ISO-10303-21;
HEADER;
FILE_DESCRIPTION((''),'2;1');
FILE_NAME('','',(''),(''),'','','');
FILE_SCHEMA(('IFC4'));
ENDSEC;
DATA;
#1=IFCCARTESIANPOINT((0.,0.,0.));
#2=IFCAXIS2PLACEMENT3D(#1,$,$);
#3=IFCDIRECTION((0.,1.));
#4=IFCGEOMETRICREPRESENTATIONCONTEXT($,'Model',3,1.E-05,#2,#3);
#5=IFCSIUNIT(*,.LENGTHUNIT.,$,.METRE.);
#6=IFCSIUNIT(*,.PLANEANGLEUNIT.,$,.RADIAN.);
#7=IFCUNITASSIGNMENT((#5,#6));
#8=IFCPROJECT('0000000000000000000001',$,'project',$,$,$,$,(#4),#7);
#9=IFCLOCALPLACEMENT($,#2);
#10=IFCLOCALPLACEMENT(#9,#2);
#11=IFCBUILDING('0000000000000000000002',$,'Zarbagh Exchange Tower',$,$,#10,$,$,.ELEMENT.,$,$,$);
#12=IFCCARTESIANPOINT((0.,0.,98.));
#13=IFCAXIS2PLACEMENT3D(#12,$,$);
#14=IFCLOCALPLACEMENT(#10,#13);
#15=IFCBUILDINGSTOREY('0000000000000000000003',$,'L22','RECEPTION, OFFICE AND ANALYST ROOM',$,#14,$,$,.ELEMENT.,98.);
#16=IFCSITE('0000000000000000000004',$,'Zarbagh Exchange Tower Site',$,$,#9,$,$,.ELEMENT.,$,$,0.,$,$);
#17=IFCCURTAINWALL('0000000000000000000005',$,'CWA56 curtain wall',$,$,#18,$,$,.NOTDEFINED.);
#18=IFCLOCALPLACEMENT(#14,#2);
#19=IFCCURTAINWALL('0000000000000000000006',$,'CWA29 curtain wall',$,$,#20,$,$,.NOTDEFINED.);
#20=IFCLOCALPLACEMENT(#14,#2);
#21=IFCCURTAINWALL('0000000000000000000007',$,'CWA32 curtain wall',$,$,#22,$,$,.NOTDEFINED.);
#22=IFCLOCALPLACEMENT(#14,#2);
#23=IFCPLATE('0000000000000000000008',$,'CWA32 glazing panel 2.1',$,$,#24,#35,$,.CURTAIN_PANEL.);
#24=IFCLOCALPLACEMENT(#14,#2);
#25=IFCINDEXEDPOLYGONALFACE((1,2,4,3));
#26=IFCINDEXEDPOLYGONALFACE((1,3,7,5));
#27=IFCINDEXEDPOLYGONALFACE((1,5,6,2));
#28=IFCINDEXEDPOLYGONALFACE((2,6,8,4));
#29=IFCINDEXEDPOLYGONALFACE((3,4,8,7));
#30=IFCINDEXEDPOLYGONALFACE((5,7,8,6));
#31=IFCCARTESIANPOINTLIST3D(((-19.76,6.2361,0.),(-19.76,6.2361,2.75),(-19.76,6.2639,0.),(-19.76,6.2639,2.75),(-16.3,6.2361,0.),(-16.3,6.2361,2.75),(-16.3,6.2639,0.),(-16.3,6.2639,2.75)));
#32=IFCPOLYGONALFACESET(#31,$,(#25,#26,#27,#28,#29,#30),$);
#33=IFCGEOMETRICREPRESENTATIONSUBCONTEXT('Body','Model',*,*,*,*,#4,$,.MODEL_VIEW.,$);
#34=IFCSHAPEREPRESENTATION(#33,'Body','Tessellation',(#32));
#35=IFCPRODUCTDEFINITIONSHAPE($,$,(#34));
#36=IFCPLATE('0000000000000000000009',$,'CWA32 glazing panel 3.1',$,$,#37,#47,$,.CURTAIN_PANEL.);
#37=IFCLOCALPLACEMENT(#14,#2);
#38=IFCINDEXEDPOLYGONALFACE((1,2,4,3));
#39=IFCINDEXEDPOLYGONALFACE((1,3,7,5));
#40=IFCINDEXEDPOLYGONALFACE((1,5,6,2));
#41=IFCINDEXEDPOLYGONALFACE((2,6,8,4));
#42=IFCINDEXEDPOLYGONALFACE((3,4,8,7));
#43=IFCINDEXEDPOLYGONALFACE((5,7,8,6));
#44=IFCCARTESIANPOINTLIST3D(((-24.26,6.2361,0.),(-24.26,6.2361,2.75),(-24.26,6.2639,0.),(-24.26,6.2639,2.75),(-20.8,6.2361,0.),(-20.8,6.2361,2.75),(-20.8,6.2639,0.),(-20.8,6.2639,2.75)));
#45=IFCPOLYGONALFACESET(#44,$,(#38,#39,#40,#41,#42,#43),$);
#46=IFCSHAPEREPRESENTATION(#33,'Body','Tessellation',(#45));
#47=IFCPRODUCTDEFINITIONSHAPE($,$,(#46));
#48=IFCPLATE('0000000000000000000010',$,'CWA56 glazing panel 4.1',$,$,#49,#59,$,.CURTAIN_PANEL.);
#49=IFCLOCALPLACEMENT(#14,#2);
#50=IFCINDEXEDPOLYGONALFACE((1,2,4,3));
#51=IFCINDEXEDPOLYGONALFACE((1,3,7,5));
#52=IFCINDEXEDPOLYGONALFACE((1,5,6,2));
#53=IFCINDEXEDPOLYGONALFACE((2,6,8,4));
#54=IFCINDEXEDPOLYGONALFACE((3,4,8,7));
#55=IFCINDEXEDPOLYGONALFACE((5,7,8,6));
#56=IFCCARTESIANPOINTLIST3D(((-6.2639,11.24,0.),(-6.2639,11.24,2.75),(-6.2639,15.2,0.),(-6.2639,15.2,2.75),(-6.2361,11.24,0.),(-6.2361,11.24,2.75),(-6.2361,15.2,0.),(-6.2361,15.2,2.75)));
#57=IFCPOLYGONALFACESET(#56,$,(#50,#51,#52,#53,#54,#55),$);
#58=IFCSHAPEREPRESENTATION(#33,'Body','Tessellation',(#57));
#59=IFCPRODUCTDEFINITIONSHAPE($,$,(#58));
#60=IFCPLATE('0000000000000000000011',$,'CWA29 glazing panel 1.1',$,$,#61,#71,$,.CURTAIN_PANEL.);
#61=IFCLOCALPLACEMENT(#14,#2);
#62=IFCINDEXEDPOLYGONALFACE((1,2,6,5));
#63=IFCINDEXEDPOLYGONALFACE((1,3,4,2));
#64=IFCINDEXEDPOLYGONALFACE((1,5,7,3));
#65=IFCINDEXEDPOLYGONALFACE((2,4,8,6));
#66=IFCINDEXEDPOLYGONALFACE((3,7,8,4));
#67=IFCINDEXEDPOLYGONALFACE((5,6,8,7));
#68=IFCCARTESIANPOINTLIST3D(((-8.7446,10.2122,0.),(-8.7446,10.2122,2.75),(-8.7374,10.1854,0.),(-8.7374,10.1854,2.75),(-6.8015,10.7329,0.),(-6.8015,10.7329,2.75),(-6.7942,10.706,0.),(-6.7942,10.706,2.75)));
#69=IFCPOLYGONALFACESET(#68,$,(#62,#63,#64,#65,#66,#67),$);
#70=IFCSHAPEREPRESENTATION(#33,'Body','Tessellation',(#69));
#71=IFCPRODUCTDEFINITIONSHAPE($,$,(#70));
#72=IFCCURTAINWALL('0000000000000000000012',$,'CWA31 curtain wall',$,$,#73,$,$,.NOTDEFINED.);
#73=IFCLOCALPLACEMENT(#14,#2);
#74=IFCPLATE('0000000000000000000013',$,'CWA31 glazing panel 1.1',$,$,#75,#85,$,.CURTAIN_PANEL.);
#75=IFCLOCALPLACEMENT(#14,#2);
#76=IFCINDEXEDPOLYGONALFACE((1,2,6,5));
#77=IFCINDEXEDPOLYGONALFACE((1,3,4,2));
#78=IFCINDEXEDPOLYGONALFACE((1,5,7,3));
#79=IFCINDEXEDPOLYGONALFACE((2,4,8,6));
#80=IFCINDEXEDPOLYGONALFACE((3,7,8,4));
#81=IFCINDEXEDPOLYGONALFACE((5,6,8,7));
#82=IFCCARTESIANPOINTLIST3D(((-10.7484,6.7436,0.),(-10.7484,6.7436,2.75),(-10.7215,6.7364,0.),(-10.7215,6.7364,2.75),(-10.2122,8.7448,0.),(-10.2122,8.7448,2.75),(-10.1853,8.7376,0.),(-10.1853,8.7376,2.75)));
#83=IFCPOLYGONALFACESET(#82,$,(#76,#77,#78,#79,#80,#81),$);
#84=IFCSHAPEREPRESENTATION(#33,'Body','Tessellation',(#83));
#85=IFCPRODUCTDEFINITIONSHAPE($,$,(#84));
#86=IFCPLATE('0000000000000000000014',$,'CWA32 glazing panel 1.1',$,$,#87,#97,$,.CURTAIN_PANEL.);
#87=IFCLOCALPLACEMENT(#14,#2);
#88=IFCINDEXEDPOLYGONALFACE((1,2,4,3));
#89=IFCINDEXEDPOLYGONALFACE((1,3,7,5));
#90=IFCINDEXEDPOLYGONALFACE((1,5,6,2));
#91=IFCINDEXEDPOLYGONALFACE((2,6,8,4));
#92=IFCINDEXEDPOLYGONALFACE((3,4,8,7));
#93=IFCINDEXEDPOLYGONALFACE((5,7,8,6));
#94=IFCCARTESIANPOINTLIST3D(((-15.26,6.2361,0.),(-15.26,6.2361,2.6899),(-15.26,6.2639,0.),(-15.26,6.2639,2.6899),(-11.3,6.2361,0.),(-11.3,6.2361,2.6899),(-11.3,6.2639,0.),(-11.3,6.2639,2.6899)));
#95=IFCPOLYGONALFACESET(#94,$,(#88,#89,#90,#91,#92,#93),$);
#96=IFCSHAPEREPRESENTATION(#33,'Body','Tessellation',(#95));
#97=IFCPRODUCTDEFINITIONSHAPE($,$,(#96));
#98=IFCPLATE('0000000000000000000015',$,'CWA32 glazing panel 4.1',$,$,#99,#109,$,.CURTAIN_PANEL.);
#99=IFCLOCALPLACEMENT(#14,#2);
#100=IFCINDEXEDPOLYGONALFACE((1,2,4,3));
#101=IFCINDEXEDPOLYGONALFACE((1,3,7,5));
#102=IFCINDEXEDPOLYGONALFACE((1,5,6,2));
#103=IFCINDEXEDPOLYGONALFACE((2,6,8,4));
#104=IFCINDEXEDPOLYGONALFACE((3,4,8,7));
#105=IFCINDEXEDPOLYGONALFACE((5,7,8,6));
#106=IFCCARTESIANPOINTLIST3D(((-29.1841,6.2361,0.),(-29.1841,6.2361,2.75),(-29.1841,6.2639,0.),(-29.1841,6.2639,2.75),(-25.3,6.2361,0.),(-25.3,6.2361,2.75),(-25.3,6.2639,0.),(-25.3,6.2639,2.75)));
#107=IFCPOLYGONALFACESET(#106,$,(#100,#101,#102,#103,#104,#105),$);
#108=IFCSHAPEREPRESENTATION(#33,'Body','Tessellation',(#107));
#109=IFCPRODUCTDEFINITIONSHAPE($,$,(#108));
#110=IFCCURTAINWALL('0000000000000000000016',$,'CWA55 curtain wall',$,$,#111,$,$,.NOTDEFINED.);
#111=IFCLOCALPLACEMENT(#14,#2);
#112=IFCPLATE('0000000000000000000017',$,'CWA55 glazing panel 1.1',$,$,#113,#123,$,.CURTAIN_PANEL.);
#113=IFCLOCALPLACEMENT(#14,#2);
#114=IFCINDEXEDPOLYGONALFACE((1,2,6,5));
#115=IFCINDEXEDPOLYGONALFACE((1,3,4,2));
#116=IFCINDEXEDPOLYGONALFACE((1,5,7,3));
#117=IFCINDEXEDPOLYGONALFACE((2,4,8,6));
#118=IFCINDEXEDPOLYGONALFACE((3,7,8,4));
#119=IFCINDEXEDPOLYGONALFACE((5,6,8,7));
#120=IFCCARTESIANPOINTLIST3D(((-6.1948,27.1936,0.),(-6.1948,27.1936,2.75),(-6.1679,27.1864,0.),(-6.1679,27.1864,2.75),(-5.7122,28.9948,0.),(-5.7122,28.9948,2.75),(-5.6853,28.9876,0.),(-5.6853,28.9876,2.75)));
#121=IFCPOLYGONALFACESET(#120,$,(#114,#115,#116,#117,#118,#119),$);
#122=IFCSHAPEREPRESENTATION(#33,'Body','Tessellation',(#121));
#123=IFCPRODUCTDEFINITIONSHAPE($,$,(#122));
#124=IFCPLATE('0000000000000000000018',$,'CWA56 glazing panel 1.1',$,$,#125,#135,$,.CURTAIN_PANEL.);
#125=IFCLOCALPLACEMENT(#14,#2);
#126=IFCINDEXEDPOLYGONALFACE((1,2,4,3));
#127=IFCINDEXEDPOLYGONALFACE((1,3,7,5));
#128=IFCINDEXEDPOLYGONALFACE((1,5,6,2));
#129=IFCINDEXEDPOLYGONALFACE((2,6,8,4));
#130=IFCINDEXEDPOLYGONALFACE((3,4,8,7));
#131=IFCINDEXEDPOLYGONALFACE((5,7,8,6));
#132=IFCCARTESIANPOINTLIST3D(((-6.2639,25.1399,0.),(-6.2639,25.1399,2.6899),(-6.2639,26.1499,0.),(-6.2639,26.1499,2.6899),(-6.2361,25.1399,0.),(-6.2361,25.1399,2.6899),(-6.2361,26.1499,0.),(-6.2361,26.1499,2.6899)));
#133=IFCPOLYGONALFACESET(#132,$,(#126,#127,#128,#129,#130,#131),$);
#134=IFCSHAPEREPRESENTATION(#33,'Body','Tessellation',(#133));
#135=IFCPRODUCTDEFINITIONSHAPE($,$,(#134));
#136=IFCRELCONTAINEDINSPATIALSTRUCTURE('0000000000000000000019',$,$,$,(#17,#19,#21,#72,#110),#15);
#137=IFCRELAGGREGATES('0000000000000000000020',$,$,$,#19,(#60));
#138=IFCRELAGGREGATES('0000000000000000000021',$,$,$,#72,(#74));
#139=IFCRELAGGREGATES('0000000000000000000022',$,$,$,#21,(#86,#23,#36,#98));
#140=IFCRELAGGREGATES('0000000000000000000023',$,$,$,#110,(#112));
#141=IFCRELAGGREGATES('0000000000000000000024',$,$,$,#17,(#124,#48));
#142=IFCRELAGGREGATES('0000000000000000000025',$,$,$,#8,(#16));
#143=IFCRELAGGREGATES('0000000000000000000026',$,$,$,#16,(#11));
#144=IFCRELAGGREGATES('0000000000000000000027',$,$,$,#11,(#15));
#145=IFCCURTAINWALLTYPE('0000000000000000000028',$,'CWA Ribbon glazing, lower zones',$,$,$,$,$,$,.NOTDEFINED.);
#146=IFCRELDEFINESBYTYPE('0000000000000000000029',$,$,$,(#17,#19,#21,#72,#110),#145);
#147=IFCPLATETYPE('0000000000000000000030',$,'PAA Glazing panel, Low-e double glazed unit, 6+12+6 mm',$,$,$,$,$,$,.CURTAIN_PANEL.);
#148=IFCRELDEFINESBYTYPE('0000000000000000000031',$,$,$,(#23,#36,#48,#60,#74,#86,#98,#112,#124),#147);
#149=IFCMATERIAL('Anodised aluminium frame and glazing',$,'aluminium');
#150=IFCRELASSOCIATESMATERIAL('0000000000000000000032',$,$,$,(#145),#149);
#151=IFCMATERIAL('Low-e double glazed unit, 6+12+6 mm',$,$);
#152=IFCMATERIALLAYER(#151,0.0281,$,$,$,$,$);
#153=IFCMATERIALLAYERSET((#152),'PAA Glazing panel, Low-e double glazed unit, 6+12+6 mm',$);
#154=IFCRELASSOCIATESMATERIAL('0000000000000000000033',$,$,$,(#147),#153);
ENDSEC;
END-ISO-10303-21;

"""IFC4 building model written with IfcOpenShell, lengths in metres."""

from ifc_helpers import new_model, si_unit, direction, frame, origin, place, context, subcontext, project, spatial, polyline, outline, extrude, source, transform, mapped, material, layer, layer_set, type_object, element, aggregate, save


model = new_model("IFC4")

# Units and contexts
model_context = context("Model", 3, precision=1e-05, world=origin(), true_north=direction((0.0, 1.0)))
body_context = subcontext(model_context, "Body", "Model", "MODEL_VIEW")
ifc_project = project(units=[si_unit("LENGTHUNIT", "METRE"), si_unit("PLANEANGLEUNIT", "RADIAN")], contexts=[model_context])

# Site, building, storey
site_placement = place(None, origin())
site = spatial("IfcSite", under=ifc_project, at=site_placement, Name="Zarbagh Exchange Tower Site", CompositionType="ELEMENT", RefElevation=0.0)
building_placement = place(site_placement, origin())
building = spatial("IfcBuilding", under=site, at=building_placement, Name="Zarbagh Exchange Tower", CompositionType="ELEMENT")
storey_placement = place(building_placement, frame((0.0, 0.0, 98.0)))
storey = spatial("IfcBuildingStorey", under=building, at=storey_placement, Name="L22", Description="RECEPTION, OFFICE AND ANALYST ROOM", CompositionType="ELEMENT", Elevation=98.0)

# Curtain wall
ifc_material_1 = material(Name="Anodised aluminium frame and glazing", Category="aluminium")
curtain_wall_type = type_object("IfcCurtainWallType", Name="CWA Ribbon glazing, lower zones", PredefinedType="NOTDEFINED", material=ifc_material_1)
curtain_wall_1_placement = place(storey_placement, origin())
curtain_wall_1 = element("IfcCurtainWall", 1, at=curtain_wall_1_placement, inside=storey, type_object=curtain_wall_type, Name="CWA56 curtain wall", PredefinedType="NOTDEFINED")
placement = place(storey_placement, origin())

# Curtain wall
curtain_wall_2_placement = place(storey_placement, origin())
curtain_wall_2 = element("IfcCurtainWall", 2, at=curtain_wall_2_placement, inside=storey, type_object=curtain_wall_type, Name="CWA29 curtain wall", PredefinedType="NOTDEFINED")

# Curtain wall
curtain_wall_3_placement = place(storey_placement, origin())
curtain_wall_3 = element("IfcCurtainWall", 3, at=curtain_wall_3_placement, inside=storey, type_object=curtain_wall_type, Name="CWA32 curtain wall", PredefinedType="NOTDEFINED")

# Shared definitions
ifc_material_2 = material(Name="Low-e double glazed unit, 6+12+6 mm")
ifc_layer = layer(ifc_material_2, 0.0281)
ifc_layer_set = layer_set([ifc_layer], Name="PAA Glazing panel, Low-e double glazed unit, 6+12+6 mm")
plate_type = type_object("IfcPlateType", Name="PAA Glazing panel, Low-e double glazed unit, 6+12+6 mm", PredefinedType="CURTAIN_PANEL", material=ifc_layer_set)

# Plates
shared_shape_1 = source(origin(), body_context, "Body", "SweptSolid", [
    extrude(outline(polyline([(0.0, -0.0139), (3.46, -0.0139), (3.46, 0.0139), (0.0, 0.0139), (0.0, -0.0139)])), origin(), (0.0, 0.0, 1.0), 2.75),
])
plate_1 = element("IfcPlate", 4, at=placement, type_object=plate_type, Name="CWA32 glazing panel 2.1", PredefinedType="CURTAIN_PANEL", context=body_context, shape_type="MappedRepresentation", body=[
    mapped(shared_shape_1, transform((-16.3, 6.25, 0.0), x_axis=(-1.0, 0.0, 0.0), y_axis=(0.0, -1.0, 0.0), z_axis=(0.0, 0.0, 1.0))),
])
plate_2 = element("IfcPlate", 5, at=placement, type_object=plate_type, Name="CWA32 glazing panel 3.1", PredefinedType="CURTAIN_PANEL", context=body_context, shape_type="MappedRepresentation", body=[
    mapped(shared_shape_1, transform((-20.8, 6.25, 0.0), x_axis=(-1.0, 0.0, 0.0), y_axis=(0.0, -1.0, 0.0), z_axis=(0.0, 0.0, 1.0))),
])
shared_shape_2 = source(origin(), body_context, "Body", "SweptSolid", [
    extrude(outline(polyline([(0.0, -0.0139), (3.96, -0.0139), (3.96, 0.0139), (0.0, 0.0139), (0.0, -0.0139)])), origin(), (0.0, 0.0, 1.0), 2.75),
])
plate_3 = element("IfcPlate", 6, at=placement, type_object=plate_type, Name="CWA56 glazing panel 4.1", PredefinedType="CURTAIN_PANEL", context=body_context, shape_type="MappedRepresentation", body=[
    mapped(shared_shape_2, transform((-6.25, 15.2, 0.0), x_axis=(0.0, -1.0, 0.0), y_axis=(1.0, 0.0, 0.0), z_axis=(0.0, 0.0, 1.0))),
])
shared_shape_3 = source(origin(), body_context, "Body", "SweptSolid", [
    extrude(outline(polyline([(0.0, -0.0139), (2.0117, -0.0139), (2.0117, 0.0139), (0.0, 0.0139), (0.0, -0.0139)])), origin(), (0.0, 0.0, 1.0), 2.75),
])
plate_4 = element("IfcPlate", 7, at=placement, type_object=plate_type, Name="CWA29 glazing panel 1.1", PredefinedType="CURTAIN_PANEL", context=body_context, shape_type="MappedRepresentation", body=[
    mapped(shared_shape_3, transform((-6.7979, 10.7195, 0.0), x_axis=(-0.965924, -0.258825, 0.0), y_axis=(0.258825, -0.965924, 0.0), z_axis=(0.0, 0.0, 1.0))),
])
aggregate(curtain_wall_2, [plate_4])

# Curtain wall, plate
curtain_wall_4_placement = place(storey_placement, origin())
curtain_wall_4 = element("IfcCurtainWall", 8, at=curtain_wall_4_placement, inside=storey, type_object=curtain_wall_type, Name="CWA31 curtain wall", PredefinedType="NOTDEFINED")
shared_shape_4 = source(origin(), body_context, "Body", "SweptSolid", [
    extrude(outline(polyline([(0.0, -0.0139), (2.0718, -0.0139), (2.0718, 0.0139), (0.0, 0.0139), (0.0, -0.0139)])), origin(), (0.0, 0.0, 1.0), 2.75),
])
plate_5 = element("IfcPlate", 9, at=placement, type_object=plate_type, Name="CWA31 glazing panel 1.1", PredefinedType="CURTAIN_PANEL", context=body_context, shape_type="MappedRepresentation", body=[
    mapped(shared_shape_4, transform((-10.1987, 8.7412, 0.0), x_axis=(-0.258825, -0.965924, 0.0), y_axis=(0.965924, -0.258825, 0.0), z_axis=(0.0, 0.0, 1.0))),
])
aggregate(curtain_wall_4, [plate_5])

# Plates
shared_shape_5 = source(origin(), body_context, "Body", "SweptSolid", [
    extrude(outline(polyline([(0.0, -0.0139), (3.96, -0.0139), (3.96, 0.0139), (0.0, 0.0139), (0.0, -0.0139)])), origin(), (0.0, 0.0, 1.0), 2.6899),
])
plate_6 = element("IfcPlate", 10, at=placement, type_object=plate_type, Name="CWA32 glazing panel 1.1", PredefinedType="CURTAIN_PANEL", context=body_context, shape_type="MappedRepresentation", body=[
    mapped(shared_shape_5, transform((-11.3, 6.25, 0.0), x_axis=(-1.0, 0.0, 0.0), y_axis=(0.0, -1.0, 0.0), z_axis=(0.0, 0.0, 1.0))),
])
shared_shape_6 = source(origin(), body_context, "Body", "SweptSolid", [
    extrude(outline(polyline([(0.0, -0.0139), (3.884, -0.0139), (3.884, 0.0139), (0.0, 0.0139), (0.0, -0.0139)])), origin(), (0.0, 0.0, 1.0), 2.75),
])
plate_7 = element("IfcPlate", 11, at=placement, type_object=plate_type, Name="CWA32 glazing panel 4.1", PredefinedType="CURTAIN_PANEL", context=body_context, shape_type="MappedRepresentation", body=[
    mapped(shared_shape_6, transform((-25.3, 6.25, 0.0), x_axis=(-1.0, 0.0, 0.0), y_axis=(0.0, -1.0, 0.0), z_axis=(0.0, 0.0, 1.0))),
])
aggregate(curtain_wall_3, [plate_6, plate_1, plate_2, plate_7])

# Curtain wall, plate
curtain_wall_5_placement = place(storey_placement, origin())
curtain_wall_5 = element("IfcCurtainWall", 12, at=curtain_wall_5_placement, inside=storey, type_object=curtain_wall_type, Name="CWA55 curtain wall", PredefinedType="NOTDEFINED")
shared_shape_7 = source(origin(), body_context, "Body", "SweptSolid", [
    extrude(outline(polyline([(0.0, -0.0139), (1.8647, -0.0139), (1.8647, 0.0139), (0.0, 0.0139), (0.0, -0.0139)])), origin(), (0.0, 0.0, 1.0), 2.75),
])
plate_8 = element("IfcPlate", 13, at=placement, type_object=plate_type, Name="CWA55 glazing panel 1.1", PredefinedType="CURTAIN_PANEL", context=body_context, shape_type="MappedRepresentation", body=[
    mapped(shared_shape_7, transform((-5.6987, 28.9912, 0.0), x_axis=(-0.258825, -0.965924, 0.0), y_axis=(0.965924, -0.258825, 0.0), z_axis=(0.0, 0.0, 1.0))),
])
aggregate(curtain_wall_5, [plate_8])

# Plate
shared_shape_8 = source(origin(), body_context, "Body", "SweptSolid", [
    extrude(outline(polyline([(0.0, -0.0139), (1.01, -0.0139), (1.01, 0.0139), (0.0, 0.0139), (0.0, -0.0139)])), origin(), (0.0, 0.0, 1.0), 2.6899),
])
plate_9 = element("IfcPlate", 14, at=placement, type_object=plate_type, Name="CWA56 glazing panel 1.1", PredefinedType="CURTAIN_PANEL", context=body_context, shape_type="MappedRepresentation", body=[
    mapped(shared_shape_8, transform((-6.25, 26.1499, 0.0), x_axis=(0.0, -1.0, 0.0), y_axis=(1.0, 0.0, 0.0), z_axis=(0.0, 0.0, 1.0))),
])
aggregate(curtain_wall_1, [plate_9, plate_3])

save(model, "model.ifc")
